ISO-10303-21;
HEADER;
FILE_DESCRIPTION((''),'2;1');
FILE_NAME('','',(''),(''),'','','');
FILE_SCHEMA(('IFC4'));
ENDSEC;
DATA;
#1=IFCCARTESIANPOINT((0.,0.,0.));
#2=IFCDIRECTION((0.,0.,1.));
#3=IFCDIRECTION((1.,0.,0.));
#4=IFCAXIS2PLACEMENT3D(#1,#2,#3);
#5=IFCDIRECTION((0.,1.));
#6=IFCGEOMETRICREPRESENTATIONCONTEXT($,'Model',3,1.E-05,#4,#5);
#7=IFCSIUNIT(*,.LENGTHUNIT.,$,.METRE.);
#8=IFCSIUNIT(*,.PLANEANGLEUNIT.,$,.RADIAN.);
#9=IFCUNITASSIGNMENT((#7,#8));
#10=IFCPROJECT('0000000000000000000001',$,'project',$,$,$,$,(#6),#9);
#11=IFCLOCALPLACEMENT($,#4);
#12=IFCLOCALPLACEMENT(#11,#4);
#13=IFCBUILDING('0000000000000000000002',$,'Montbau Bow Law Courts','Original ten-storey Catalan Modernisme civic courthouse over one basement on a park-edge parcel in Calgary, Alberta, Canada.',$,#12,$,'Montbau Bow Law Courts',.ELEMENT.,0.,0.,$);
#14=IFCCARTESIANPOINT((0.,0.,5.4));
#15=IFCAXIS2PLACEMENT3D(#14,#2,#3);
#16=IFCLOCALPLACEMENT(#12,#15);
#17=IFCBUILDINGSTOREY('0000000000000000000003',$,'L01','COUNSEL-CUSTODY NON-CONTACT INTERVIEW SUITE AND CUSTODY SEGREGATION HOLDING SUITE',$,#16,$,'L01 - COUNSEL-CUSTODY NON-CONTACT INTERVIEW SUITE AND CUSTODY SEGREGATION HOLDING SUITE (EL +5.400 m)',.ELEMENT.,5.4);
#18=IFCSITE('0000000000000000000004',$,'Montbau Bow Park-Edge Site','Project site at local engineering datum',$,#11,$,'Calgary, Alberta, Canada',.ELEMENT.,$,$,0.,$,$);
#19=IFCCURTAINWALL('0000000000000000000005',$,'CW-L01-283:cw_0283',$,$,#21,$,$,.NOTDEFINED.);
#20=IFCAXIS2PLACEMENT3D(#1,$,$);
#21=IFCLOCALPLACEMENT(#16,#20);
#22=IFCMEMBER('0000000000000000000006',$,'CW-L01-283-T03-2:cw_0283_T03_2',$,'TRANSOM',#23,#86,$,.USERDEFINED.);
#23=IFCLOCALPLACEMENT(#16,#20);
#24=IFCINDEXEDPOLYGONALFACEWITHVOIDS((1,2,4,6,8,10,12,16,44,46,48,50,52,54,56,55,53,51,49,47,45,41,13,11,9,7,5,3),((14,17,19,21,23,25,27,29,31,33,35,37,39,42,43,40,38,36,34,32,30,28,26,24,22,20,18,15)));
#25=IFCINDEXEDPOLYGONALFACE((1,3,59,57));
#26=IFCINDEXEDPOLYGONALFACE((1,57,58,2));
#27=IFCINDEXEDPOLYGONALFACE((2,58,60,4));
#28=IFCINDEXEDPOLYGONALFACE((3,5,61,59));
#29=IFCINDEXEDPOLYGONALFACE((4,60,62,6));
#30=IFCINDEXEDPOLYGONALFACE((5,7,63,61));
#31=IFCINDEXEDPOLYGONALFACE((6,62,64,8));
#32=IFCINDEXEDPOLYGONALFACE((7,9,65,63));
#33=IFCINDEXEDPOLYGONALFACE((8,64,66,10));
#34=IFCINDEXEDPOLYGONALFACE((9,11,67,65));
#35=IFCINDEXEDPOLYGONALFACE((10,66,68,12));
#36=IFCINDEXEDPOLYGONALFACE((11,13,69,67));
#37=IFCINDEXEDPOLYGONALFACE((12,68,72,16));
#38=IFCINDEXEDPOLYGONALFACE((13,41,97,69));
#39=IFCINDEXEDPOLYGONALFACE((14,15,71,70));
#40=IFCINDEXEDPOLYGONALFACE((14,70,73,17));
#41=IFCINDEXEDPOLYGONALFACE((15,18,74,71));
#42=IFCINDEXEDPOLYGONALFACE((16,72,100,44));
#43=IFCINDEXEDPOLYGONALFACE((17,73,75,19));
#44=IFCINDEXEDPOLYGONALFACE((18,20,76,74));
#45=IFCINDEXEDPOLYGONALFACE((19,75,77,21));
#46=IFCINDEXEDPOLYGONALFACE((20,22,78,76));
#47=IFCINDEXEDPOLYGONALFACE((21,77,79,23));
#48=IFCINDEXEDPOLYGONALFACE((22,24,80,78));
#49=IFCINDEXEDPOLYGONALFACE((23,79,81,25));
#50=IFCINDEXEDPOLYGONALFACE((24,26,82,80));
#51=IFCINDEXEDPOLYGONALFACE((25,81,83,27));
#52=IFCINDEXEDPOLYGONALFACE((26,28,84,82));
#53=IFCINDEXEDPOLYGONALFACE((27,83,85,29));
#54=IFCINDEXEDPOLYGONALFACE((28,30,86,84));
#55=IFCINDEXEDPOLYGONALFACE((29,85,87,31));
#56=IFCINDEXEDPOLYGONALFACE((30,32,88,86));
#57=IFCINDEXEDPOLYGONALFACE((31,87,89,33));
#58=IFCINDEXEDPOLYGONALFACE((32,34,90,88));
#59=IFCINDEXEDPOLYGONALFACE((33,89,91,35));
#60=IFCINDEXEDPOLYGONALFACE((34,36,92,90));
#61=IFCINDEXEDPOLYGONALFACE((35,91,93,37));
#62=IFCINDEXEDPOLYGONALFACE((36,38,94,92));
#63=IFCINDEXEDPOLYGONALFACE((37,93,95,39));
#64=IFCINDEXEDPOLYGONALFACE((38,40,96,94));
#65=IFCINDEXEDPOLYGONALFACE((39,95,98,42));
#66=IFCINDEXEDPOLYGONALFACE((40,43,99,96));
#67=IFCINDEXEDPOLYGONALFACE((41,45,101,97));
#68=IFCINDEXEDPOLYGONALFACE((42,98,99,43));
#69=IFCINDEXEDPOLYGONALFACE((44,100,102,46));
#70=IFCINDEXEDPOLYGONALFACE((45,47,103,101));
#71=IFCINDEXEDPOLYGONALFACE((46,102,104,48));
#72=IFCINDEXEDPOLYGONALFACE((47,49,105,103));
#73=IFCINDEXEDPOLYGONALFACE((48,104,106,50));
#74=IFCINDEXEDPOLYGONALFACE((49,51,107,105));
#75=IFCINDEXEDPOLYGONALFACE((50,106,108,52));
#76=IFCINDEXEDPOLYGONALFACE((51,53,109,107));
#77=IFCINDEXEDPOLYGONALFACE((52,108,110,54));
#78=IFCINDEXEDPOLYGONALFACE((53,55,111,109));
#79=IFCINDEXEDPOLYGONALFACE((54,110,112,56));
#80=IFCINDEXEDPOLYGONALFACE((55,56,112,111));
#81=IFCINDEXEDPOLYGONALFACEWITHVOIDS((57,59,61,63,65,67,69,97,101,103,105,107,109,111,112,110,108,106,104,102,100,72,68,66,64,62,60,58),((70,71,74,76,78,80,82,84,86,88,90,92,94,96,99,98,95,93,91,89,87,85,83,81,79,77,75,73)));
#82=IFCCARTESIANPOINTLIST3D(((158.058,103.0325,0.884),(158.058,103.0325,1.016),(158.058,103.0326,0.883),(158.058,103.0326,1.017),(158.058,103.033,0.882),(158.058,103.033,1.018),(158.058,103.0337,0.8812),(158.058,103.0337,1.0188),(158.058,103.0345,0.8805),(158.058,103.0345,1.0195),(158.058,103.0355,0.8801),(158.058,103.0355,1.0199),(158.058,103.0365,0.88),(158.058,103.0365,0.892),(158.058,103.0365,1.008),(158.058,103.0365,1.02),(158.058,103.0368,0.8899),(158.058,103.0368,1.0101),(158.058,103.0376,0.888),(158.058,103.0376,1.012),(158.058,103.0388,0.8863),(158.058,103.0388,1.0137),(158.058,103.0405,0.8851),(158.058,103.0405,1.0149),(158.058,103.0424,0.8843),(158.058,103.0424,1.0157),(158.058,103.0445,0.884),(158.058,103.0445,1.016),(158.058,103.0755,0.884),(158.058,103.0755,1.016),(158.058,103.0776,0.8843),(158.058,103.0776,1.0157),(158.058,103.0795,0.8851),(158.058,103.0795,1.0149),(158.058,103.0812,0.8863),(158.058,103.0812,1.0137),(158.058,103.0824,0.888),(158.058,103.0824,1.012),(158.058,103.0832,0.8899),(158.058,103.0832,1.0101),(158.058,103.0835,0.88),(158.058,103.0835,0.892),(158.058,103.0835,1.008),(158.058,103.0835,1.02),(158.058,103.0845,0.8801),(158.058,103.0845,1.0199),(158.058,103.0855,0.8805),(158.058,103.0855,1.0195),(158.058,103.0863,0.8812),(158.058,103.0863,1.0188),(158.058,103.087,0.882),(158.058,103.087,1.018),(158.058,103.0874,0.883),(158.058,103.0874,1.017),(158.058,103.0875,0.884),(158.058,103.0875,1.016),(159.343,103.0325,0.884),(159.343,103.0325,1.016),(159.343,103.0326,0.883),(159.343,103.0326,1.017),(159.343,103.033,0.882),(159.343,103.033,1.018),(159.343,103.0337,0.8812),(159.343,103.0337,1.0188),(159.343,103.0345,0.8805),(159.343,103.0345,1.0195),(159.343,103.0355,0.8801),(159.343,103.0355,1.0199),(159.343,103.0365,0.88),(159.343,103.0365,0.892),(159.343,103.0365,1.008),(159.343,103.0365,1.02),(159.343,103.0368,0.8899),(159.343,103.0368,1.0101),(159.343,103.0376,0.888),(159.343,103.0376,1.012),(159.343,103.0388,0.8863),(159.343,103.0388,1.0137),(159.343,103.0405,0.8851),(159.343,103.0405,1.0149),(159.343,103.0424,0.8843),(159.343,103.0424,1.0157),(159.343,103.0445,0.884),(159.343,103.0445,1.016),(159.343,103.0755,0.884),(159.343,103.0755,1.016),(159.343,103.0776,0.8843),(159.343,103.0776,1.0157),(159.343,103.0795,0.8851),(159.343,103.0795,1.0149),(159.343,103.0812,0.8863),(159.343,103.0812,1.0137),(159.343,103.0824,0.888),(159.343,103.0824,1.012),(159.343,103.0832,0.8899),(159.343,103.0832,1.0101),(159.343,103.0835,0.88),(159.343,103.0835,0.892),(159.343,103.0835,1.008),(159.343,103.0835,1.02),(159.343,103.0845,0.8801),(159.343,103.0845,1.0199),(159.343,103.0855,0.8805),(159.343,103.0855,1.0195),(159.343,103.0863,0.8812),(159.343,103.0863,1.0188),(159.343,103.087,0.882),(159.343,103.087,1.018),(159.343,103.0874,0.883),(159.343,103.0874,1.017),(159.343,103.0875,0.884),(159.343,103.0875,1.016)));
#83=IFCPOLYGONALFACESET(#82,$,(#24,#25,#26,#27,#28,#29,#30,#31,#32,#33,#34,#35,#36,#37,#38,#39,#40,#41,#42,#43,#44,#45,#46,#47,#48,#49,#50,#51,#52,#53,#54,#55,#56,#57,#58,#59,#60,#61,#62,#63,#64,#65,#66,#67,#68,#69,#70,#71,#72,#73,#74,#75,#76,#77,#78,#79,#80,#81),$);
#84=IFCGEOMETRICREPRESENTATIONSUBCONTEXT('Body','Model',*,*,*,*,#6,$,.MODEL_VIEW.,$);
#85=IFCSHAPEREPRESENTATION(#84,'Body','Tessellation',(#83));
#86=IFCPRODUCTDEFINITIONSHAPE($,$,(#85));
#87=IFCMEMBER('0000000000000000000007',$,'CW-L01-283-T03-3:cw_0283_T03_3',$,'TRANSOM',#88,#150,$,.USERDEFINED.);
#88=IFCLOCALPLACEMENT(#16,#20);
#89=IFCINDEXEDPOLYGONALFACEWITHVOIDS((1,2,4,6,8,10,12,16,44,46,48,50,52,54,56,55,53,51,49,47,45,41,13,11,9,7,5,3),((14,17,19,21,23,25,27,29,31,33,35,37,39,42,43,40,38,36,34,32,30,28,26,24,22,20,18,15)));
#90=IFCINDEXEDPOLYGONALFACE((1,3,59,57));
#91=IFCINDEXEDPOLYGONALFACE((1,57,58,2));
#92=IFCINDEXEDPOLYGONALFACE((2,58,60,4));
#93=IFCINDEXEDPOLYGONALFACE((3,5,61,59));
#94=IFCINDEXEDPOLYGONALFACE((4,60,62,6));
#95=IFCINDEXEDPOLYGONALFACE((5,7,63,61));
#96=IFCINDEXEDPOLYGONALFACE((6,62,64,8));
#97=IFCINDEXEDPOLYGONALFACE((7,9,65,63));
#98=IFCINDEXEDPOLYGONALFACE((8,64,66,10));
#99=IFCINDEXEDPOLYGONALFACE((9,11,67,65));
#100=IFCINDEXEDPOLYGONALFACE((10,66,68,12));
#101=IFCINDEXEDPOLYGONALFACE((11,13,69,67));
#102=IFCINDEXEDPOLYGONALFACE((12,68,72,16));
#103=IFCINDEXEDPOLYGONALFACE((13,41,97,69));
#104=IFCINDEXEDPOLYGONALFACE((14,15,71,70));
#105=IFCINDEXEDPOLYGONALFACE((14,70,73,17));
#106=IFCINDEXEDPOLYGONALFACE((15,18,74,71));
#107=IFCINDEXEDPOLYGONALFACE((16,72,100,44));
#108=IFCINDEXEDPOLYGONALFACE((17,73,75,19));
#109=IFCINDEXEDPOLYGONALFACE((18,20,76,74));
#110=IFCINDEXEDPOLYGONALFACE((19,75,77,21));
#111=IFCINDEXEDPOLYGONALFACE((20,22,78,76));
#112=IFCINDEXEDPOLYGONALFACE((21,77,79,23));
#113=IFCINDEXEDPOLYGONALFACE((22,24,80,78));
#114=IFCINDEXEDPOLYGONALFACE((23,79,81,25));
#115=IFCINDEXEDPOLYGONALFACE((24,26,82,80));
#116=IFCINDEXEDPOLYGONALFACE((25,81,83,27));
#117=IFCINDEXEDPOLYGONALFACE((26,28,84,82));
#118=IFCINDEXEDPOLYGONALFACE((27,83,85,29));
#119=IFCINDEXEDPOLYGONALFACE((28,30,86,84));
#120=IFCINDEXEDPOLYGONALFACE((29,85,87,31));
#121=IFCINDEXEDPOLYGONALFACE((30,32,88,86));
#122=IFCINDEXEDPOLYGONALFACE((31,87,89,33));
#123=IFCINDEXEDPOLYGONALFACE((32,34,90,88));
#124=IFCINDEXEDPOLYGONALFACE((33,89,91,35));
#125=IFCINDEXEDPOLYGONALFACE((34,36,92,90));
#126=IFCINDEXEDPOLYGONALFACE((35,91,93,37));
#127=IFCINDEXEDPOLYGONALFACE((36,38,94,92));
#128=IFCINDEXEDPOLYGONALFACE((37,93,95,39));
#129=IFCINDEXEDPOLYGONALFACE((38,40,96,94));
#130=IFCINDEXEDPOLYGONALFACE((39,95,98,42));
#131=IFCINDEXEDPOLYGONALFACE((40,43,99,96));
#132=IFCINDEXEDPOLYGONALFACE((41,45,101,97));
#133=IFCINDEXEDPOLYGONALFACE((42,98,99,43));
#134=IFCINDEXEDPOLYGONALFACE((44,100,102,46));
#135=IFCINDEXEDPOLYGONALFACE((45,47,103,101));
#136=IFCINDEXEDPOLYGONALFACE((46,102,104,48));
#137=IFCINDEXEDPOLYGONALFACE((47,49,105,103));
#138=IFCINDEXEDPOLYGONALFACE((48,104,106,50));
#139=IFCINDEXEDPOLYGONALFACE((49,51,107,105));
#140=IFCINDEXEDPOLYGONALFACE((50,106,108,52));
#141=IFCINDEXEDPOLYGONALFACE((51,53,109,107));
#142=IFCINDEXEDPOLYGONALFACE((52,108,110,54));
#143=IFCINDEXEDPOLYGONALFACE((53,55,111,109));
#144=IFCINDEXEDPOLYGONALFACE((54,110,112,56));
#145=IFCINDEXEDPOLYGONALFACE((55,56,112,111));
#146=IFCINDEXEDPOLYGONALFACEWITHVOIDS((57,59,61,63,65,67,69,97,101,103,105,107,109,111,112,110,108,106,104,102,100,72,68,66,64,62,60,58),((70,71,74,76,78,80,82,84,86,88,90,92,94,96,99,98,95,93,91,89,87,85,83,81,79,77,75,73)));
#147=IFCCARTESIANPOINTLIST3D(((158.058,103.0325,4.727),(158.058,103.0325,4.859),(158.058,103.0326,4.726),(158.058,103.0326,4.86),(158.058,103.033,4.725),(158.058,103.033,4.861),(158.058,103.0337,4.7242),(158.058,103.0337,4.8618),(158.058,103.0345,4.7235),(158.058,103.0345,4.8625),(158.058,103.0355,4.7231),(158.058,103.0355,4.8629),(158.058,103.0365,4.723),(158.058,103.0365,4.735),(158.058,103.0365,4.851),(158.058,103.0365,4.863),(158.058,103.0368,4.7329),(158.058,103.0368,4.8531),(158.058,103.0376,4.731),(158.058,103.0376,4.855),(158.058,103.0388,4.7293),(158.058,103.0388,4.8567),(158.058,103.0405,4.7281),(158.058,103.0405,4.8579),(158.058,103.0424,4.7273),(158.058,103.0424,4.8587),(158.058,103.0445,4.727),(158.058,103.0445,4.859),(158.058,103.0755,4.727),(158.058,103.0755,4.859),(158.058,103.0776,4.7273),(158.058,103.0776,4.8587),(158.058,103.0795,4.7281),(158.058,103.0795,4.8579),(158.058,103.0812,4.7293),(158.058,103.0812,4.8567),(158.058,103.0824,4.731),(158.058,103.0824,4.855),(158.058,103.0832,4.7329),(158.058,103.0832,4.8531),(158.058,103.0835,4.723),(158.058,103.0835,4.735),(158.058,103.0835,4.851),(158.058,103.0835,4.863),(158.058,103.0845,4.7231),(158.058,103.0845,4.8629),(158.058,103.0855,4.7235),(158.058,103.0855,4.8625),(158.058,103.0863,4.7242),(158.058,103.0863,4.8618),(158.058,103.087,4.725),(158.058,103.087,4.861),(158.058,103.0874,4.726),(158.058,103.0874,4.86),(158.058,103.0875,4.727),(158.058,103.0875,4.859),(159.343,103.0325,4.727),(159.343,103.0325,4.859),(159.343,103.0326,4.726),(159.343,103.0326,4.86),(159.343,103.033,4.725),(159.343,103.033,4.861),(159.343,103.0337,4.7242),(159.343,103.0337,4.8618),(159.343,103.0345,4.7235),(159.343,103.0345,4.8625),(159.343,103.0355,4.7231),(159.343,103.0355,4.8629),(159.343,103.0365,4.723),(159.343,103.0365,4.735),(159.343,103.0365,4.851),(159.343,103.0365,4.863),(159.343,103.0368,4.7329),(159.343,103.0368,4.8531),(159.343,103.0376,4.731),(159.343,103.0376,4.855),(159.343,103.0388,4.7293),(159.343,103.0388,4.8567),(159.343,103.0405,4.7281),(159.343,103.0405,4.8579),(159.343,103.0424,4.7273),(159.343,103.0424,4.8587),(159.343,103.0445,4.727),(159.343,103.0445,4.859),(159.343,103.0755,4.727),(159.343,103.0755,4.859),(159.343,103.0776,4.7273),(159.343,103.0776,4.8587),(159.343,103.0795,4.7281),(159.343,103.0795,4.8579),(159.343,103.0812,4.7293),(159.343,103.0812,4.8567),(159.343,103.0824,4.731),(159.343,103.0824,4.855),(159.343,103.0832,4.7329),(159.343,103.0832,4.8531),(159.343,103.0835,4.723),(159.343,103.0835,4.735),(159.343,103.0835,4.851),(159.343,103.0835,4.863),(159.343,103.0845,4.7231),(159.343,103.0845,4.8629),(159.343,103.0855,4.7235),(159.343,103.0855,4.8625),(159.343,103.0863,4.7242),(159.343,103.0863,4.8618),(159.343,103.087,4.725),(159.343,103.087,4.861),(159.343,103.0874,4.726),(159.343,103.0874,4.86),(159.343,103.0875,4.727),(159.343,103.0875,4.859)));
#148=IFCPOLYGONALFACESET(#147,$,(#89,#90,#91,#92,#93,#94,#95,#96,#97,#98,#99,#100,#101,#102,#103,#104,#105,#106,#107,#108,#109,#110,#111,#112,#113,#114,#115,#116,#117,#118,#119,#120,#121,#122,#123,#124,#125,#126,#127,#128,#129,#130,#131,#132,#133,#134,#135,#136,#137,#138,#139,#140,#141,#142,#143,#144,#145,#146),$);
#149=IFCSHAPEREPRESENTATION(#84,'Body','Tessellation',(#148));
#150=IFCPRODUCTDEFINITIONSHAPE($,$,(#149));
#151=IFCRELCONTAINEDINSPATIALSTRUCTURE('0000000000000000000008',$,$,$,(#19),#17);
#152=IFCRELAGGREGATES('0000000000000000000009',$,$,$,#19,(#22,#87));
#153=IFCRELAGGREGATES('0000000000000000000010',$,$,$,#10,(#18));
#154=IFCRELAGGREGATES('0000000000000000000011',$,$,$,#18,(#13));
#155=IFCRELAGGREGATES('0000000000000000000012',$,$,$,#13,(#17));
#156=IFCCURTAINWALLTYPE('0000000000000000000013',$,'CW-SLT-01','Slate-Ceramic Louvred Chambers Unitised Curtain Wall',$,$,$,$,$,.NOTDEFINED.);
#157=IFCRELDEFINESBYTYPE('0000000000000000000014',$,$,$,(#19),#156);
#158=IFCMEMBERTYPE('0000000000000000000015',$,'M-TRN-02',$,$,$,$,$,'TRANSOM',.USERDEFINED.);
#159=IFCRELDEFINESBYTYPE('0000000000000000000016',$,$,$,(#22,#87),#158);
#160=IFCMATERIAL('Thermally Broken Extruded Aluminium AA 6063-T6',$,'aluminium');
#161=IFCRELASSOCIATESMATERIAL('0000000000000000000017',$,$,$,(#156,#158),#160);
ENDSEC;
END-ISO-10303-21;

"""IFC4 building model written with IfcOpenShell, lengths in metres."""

from ifc_helpers import new_model, si_unit, direction, frame, origin_with_axes, origin_2d_with_axis, place, context, subcontext, project, spatial, hollow_rectangle, extrude, material, material_profile, profile_set, type_object, element, aggregate, save


model = new_model("IFC4")

# Units and contexts
model_context = context("Model", 3, precision=1e-05, world=origin_with_axes(), true_north=direction((0.0, 1.0)))
body_context = subcontext(model_context, "Body", "Model", "MODEL_VIEW")
ifc_project = project(units=[si_unit("LENGTHUNIT", "METRE"), si_unit("PLANEANGLEUNIT", "RADIAN")], contexts=[model_context])

# Site, building, storey
site_placement = place(None, origin_with_axes())
site = spatial("IfcSite", under=ifc_project, at=site_placement, Name="Montbau Bow Park-Edge Site", Description="Project site at local engineering datum", LongName="Calgary, Alberta, Canada", CompositionType="ELEMENT", RefElevation=0.0)
building_placement = place(site_placement, origin_with_axes())
building = spatial("IfcBuilding", under=site, at=building_placement, Name="Montbau Bow Law Courts", Description="Original ten-storey Catalan Modernisme civic courthouse over one basement on a park-edge parcel in Calgary, Alberta, Canada.", LongName="Montbau Bow Law Courts", CompositionType="ELEMENT", ElevationOfRefHeight=0.0, ElevationOfTerrain=0.0)
storey_placement = place(building_placement, frame((0.0, 0.0, 5.4), z_axis=(0.0, 0.0, 1.0), x_axis=(1.0, 0.0, 0.0)))
storey = spatial("IfcBuildingStorey", under=building, at=storey_placement, Name="L01", Description="COUNSEL-CUSTODY NON-CONTACT INTERVIEW SUITE AND CUSTODY SEGREGATION HOLDING SUITE", LongName="L01 - COUNSEL-CUSTODY NON-CONTACT INTERVIEW SUITE AND CUSTODY SEGREGATION HOLDING SUITE (EL +5.400 m)", CompositionType="ELEMENT", Elevation=5.4)

# Curtain wall, members
ifc_material_1 = material(Name="Thermally Broken Extruded Aluminium AA 6063-T6", Category="aluminium")
curtain_wall_type = type_object("IfcCurtainWallType", Name="CW-SLT-01", Description="Slate-Ceramic Louvred Chambers Unitised Curtain Wall", PredefinedType="NOTDEFINED", material=ifc_material_1)
curtain_wall_placement = place(None, frame((155.315, 103.06, 5.4), z_axis=(0.0, 0.0, 1.0), x_axis=(1.0, 0.0, 0.0)))
curtain_wall = element("IfcCurtainWall", 1, at=curtain_wall_placement, inside=storey, type_object=curtain_wall_type, Name="CW-L01-283:cw_0283", PredefinedType="NOTDEFINED")
ifc_material_profile_1 = material_profile(ifc_material_1, hollow_rectangle(XDim=0.055, YDim=0.14, WallThickness=0.004, InnerFilletRadius=0.008, OuterFilletRadius=0.004, at=origin_2d_with_axis()), Name="CWT-140X55", Category="Main", Priority=0)
ifc_profile_set_1 = profile_set([ifc_material_profile_1], Name="Thermally Broken Extruded Aluminium AA 6063-T6")
member_type_1 = type_object("IfcMemberType", Name="M-TRN-02", ElementType="TRANSOM", PredefinedType="USERDEFINED", material=ifc_profile_set_1)
member_1_placement = place(None, frame((158.058, 103.06, 6.35), z_axis=(1.0, 0.0, 0.0), x_axis=(0.0, 1.0, 0.0)))
member_1 = element("IfcMember", 2, at=member_1_placement, type_object=member_type_1, Name="CW-L01-283-T03-2:cw_0283_T03_2", ObjectType="TRANSOM", PredefinedType="USERDEFINED", context=body_context, shape_type="SweptSolid", body=[
    extrude(hollow_rectangle(XDim=0.055, YDim=0.14, WallThickness=0.004, InnerFilletRadius=0.008, OuterFilletRadius=0.004, at=origin_2d_with_axis()), origin_with_axes(), (0.0, 0.0, 1.0), 1.285),
])
member_2_placement = place(None, frame((158.058, 103.06, 10.193), z_axis=(1.0, 0.0, 0.0), x_axis=(0.0, 1.0, 0.0)))
member_2 = element("IfcMember", 3, at=member_2_placement, type_object=member_type_1, Name="CW-L01-283-T03-3:cw_0283_T03_3", ObjectType="TRANSOM", PredefinedType="USERDEFINED", context=body_context, shape_type="SweptSolid", body=[
    extrude(hollow_rectangle(XDim=0.055, YDim=0.14, WallThickness=0.004, InnerFilletRadius=0.008, OuterFilletRadius=0.004, at=origin_2d_with_axis()), origin_with_axes(), (0.0, 0.0, 1.0), 1.285),
])
aggregate(curtain_wall, [member_1, member_2])

save(model, "model.ifc")
